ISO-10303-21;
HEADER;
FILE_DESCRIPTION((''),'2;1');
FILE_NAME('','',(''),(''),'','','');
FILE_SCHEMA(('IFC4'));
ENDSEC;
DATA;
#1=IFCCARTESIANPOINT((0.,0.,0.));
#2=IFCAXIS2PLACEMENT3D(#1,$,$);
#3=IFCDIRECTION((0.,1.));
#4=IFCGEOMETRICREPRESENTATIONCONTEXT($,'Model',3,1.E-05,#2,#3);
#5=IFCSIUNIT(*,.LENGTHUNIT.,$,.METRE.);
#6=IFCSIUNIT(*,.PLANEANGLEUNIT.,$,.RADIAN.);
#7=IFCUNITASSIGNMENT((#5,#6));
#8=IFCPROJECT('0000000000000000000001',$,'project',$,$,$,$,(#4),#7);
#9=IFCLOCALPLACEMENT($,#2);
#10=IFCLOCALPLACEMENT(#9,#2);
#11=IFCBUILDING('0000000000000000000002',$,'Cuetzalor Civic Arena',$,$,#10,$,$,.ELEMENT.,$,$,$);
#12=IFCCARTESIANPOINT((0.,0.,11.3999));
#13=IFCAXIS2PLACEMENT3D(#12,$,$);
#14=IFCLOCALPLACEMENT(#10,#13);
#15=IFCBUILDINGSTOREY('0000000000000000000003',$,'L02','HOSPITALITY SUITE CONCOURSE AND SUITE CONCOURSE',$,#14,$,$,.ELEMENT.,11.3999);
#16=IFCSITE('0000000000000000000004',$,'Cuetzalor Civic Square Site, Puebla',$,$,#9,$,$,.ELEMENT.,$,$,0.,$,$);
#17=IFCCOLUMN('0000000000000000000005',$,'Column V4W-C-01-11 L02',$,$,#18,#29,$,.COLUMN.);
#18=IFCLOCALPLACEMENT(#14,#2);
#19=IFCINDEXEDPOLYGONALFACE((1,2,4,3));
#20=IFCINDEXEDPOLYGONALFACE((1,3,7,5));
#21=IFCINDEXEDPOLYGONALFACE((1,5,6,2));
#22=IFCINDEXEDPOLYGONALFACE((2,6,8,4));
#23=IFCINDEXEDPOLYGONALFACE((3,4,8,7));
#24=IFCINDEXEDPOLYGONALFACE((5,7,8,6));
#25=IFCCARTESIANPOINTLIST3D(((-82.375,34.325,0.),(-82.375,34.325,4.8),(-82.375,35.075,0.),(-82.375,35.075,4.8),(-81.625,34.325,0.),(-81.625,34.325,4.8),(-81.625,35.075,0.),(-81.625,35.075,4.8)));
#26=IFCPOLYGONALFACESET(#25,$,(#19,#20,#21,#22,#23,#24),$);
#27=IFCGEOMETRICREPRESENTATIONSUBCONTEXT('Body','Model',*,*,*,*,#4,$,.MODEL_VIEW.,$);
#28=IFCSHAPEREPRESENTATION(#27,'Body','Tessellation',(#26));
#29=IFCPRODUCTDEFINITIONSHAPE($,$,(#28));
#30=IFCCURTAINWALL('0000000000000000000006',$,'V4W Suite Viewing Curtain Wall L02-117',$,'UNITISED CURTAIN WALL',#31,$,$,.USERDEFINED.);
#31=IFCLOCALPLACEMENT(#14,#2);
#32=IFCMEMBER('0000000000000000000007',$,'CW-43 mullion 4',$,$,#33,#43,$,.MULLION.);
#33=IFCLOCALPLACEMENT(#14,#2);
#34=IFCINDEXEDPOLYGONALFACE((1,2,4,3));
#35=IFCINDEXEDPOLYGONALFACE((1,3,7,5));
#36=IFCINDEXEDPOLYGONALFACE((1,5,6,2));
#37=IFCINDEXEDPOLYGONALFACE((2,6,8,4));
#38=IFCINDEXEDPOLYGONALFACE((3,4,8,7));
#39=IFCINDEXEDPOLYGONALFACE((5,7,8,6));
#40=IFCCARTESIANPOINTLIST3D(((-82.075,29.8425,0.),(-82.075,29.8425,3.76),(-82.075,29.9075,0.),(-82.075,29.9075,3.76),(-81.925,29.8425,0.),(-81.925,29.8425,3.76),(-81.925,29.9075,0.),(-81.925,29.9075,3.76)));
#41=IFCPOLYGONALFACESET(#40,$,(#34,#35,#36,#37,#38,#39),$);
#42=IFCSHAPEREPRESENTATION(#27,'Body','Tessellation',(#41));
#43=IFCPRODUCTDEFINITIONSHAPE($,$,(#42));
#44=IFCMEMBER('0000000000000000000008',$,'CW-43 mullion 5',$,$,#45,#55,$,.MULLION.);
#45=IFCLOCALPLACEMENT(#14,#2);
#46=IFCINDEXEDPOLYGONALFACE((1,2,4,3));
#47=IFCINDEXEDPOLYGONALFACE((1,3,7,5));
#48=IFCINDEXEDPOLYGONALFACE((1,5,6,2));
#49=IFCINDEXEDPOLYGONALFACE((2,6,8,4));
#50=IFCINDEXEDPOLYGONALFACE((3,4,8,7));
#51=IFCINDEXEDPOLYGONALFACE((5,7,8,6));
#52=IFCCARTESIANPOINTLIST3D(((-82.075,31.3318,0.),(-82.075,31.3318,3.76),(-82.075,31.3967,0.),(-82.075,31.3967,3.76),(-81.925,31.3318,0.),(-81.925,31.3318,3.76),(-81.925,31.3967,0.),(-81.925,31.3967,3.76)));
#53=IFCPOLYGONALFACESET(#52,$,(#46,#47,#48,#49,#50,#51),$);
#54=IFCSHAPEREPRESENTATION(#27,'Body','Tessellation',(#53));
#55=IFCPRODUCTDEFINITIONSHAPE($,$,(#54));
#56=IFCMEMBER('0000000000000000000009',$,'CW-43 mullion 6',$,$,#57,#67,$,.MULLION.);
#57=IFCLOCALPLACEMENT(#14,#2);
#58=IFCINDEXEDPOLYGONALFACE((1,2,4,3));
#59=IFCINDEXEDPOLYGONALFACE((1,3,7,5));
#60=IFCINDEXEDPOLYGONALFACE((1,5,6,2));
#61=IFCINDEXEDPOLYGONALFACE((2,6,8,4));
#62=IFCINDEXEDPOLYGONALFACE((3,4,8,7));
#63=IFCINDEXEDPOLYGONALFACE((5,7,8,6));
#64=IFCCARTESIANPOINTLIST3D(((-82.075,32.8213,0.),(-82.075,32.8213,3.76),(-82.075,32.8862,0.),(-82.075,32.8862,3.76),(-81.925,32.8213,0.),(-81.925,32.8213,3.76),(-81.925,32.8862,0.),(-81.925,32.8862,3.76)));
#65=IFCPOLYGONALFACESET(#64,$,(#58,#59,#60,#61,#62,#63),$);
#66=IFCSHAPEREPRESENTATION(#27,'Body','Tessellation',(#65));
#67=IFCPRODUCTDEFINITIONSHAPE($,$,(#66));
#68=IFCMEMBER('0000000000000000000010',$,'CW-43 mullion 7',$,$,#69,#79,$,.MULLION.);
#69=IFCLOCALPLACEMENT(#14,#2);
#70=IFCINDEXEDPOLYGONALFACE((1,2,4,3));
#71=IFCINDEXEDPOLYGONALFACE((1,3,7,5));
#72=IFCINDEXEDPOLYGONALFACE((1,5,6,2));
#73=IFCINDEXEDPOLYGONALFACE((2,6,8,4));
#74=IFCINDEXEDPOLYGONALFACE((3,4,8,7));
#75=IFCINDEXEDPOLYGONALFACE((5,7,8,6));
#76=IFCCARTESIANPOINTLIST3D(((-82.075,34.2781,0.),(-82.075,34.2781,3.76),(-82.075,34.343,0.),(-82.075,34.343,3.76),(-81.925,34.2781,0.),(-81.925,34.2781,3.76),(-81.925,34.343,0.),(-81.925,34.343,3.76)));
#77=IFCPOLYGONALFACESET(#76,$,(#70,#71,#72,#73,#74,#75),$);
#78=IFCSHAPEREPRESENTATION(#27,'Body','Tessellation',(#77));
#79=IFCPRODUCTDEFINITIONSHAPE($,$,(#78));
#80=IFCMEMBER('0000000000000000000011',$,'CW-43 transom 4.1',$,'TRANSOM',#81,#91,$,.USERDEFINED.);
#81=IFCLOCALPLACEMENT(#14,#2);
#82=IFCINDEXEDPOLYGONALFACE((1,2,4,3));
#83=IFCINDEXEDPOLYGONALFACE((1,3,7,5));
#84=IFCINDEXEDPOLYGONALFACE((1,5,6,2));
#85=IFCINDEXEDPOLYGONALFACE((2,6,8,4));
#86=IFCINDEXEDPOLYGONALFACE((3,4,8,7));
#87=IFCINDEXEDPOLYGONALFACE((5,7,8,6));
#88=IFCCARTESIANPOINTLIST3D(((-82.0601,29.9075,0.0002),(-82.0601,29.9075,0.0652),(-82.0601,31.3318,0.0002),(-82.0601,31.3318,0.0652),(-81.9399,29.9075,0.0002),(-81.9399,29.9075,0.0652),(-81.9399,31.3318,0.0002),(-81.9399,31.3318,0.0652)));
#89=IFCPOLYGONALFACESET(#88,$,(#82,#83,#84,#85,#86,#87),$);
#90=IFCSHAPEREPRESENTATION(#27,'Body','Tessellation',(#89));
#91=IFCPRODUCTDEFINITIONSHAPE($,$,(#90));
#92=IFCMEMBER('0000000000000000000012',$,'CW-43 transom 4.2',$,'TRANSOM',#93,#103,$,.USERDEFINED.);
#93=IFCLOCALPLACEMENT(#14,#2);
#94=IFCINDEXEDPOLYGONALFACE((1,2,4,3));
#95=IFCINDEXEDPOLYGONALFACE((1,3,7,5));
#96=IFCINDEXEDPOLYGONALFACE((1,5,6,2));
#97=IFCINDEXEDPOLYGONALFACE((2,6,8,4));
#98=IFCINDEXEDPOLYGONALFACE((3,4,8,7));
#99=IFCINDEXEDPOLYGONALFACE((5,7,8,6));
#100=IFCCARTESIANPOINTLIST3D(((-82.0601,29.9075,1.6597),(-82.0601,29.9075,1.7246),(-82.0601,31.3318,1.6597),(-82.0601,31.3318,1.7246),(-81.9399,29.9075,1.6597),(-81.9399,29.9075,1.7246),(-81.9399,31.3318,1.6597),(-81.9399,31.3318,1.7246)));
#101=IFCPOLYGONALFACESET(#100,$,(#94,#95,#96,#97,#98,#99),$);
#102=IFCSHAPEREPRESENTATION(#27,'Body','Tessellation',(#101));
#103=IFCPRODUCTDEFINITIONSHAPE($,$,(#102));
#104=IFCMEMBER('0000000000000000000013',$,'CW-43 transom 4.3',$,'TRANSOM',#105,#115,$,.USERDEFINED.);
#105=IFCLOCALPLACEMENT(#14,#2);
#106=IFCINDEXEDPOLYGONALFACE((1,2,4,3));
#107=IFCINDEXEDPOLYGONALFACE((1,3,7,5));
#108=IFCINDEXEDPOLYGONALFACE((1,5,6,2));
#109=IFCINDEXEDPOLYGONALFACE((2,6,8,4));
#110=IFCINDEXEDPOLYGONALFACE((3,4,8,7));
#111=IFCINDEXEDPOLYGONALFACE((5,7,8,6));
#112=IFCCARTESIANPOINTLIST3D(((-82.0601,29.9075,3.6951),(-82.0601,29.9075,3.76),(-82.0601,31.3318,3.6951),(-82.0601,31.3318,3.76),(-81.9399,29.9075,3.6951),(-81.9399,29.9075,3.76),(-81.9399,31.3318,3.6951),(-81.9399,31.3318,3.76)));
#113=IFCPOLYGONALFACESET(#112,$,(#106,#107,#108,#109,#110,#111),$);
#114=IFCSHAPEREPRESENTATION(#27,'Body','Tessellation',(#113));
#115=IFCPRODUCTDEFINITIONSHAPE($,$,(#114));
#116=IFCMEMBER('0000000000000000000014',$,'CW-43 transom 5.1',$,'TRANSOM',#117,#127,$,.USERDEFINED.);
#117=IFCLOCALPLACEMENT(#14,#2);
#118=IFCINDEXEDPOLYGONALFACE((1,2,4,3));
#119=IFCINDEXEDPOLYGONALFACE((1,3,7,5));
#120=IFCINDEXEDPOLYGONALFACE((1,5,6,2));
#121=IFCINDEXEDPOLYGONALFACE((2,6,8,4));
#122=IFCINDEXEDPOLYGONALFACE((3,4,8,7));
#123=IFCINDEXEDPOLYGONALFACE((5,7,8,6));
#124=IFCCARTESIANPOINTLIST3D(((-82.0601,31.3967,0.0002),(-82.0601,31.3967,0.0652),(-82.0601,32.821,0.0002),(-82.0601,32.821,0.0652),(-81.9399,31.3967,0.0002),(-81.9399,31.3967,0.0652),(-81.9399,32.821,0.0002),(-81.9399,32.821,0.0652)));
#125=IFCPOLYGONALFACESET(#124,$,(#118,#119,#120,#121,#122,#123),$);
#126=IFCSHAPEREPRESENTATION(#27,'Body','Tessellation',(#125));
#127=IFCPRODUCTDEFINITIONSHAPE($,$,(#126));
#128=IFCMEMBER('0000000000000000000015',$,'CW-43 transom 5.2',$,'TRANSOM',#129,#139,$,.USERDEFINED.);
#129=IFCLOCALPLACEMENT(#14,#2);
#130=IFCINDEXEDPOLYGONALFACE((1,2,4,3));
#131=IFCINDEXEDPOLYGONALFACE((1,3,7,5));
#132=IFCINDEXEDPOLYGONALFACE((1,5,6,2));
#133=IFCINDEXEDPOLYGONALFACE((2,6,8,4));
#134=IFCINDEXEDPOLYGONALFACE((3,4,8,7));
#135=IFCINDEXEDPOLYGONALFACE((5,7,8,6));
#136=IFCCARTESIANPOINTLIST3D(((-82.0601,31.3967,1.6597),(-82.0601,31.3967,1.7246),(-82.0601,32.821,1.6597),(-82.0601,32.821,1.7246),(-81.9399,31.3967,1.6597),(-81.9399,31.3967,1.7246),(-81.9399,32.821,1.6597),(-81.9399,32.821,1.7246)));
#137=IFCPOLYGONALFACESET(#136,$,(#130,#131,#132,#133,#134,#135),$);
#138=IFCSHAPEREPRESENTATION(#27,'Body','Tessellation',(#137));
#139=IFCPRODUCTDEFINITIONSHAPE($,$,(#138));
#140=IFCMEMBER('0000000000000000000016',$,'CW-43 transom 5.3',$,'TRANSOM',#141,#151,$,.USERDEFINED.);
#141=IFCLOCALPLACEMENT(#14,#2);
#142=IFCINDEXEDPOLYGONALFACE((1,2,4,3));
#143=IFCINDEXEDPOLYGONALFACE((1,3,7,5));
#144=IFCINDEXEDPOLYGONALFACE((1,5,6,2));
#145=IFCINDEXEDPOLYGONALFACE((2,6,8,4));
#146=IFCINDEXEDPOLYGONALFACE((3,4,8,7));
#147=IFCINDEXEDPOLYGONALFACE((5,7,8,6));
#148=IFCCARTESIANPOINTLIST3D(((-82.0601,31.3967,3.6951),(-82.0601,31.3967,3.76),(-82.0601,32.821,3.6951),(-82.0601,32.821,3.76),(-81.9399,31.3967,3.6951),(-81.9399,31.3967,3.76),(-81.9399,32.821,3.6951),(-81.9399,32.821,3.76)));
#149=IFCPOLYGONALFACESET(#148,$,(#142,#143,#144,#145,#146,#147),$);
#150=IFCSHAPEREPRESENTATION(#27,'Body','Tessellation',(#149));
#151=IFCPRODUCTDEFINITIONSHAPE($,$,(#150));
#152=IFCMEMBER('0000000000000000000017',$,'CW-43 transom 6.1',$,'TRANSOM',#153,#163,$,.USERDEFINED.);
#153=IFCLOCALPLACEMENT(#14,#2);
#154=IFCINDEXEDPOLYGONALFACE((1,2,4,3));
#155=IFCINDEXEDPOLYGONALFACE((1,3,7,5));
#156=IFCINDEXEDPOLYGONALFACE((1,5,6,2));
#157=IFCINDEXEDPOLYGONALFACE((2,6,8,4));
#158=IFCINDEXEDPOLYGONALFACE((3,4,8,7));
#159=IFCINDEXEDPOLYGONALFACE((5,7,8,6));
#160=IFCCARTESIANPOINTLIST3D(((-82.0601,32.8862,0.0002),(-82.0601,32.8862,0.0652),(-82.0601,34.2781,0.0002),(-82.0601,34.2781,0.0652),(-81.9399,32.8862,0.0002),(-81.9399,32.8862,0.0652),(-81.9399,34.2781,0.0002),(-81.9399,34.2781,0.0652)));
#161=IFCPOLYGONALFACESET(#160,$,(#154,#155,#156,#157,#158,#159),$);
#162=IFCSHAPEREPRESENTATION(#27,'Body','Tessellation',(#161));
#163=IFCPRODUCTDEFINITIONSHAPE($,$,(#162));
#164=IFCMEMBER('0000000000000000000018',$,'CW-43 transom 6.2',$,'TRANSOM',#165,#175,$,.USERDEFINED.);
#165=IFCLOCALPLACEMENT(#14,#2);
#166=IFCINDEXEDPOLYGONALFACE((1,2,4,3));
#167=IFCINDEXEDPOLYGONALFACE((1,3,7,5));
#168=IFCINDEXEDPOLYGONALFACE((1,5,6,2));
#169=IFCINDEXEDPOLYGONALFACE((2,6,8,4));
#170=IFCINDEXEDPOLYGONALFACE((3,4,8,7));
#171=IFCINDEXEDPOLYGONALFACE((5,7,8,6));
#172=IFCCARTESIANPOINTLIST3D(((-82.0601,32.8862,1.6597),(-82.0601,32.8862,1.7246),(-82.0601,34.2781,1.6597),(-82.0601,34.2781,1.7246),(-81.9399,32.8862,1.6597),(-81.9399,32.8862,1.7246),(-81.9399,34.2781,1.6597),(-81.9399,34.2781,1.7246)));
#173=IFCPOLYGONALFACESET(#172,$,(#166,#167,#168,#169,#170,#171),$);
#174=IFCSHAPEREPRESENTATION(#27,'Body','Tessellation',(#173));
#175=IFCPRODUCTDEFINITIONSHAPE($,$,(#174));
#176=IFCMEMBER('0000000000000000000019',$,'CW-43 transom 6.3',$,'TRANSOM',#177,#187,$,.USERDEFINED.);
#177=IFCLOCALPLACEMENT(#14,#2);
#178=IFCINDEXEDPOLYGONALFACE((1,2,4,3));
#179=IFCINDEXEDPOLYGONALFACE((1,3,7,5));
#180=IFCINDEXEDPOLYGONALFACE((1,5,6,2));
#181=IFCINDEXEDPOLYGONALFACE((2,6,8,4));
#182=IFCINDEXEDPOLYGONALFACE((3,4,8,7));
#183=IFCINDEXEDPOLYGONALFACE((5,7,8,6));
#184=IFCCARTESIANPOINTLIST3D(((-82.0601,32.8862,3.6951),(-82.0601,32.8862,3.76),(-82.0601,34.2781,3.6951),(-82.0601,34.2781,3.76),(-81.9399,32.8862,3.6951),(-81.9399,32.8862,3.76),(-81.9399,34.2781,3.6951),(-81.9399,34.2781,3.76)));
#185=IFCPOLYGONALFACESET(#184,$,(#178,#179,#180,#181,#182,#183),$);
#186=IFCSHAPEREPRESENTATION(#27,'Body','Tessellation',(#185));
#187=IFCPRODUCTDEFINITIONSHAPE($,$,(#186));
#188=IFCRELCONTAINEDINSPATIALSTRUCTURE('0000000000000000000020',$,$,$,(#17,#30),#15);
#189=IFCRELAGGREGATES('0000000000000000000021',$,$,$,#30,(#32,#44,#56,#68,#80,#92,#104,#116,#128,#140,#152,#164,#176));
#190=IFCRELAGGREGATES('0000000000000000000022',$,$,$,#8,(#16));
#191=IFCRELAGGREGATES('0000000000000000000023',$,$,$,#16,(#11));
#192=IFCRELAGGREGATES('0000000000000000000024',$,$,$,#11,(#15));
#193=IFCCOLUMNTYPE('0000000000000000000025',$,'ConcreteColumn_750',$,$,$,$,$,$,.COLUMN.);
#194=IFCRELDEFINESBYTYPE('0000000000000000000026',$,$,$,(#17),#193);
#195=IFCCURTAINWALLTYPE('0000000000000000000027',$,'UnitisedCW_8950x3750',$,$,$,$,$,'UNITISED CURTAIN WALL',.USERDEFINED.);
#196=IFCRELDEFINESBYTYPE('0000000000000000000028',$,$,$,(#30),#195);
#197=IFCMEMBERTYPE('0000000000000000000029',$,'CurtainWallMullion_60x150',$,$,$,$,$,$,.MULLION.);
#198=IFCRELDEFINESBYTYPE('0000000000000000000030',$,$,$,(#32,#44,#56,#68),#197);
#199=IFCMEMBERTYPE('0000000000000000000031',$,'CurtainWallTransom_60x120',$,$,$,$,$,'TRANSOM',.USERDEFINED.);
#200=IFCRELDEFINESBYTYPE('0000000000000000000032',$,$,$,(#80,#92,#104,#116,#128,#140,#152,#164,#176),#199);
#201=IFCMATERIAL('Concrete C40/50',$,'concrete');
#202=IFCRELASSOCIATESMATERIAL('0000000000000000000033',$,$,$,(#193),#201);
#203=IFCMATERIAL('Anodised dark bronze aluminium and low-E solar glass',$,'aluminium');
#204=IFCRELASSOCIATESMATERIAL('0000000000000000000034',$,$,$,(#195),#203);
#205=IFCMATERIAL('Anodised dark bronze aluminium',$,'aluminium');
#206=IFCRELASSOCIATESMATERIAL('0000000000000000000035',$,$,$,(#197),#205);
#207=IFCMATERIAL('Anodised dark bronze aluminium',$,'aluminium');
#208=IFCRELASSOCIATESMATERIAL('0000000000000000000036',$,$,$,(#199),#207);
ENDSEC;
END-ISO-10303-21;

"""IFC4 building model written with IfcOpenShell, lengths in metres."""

from ifc_helpers import new_model, si_unit, direction, frame, origin, origin_2d, place, context, subcontext, project, spatial, rectangle, extrude, material, material_profile, profile_set, type_object, element, aggregate, save


model = new_model("IFC4")

# Units and contexts
model_context = context("Model", 3, precision=1e-05, world=origin(), true_north=direction((0.0, 1.0)))
body_context = subcontext(model_context, "Body", "Model", "MODEL_VIEW")
ifc_project = project(units=[si_unit("LENGTHUNIT", "METRE"), si_unit("PLANEANGLEUNIT", "RADIAN")], contexts=[model_context])

# Site, building, storey
site_placement = place(None, origin())
site = spatial("IfcSite", under=ifc_project, at=site_placement, Name="Cuetzalor Civic Square Site, Puebla", CompositionType="ELEMENT", RefElevation=0.0)
building_placement = place(site_placement, origin())
building = spatial("IfcBuilding", under=site, at=building_placement, Name="Cuetzalor Civic Arena", CompositionType="ELEMENT")
storey_placement = place(building_placement, frame((0.0, 0.0, 11.3999)))
storey = spatial("IfcBuildingStorey", under=building, at=storey_placement, Name="L02", Description="HOSPITALITY SUITE CONCOURSE AND SUITE CONCOURSE", CompositionType="ELEMENT", Elevation=11.3999)

# Column
ifc_material_1 = material(Name="Concrete C40/50", Category="concrete")
ifc_material_profile_1 = material_profile(ifc_material_1, rectangle(XDim=0.75, YDim=0.75, at=origin_2d()), Name="RC 750x750")
ifc_profile_set_1 = profile_set([ifc_material_profile_1], Name="Concrete C40/50")
column_type = type_object("IfcColumnType", Name="ConcreteColumn_750", PredefinedType="COLUMN", material=ifc_profile_set_1)
column_placement = place(storey_placement, frame((-82.0, 34.7, 0.0), z_axis=(0.0, 0.0, 1.0), x_axis=(1.0, 0.0, 0.0)))
element("IfcColumn", 1, at=column_placement, inside=storey, type_object=column_type, Name="Column V4W-C-01-11 L02", PredefinedType="COLUMN", context=body_context, shape_type="SweptSolid", body=[
    extrude(rectangle(XDim=0.75, YDim=0.75, at=origin_2d()), origin(), (0.0, 0.0, 1.0), 4.8),
])

# Curtain wall, members
ifc_material_2 = material(Name="Anodised dark bronze aluminium and low-E solar glass", Category="aluminium")
curtain_wall_type = type_object("IfcCurtainWallType", Name="UnitisedCW_8950x3750", ElementType="UNITISED CURTAIN WALL", PredefinedType="USERDEFINED", material=ifc_material_2)
curtain_wall_placement = place(storey_placement, origin())
curtain_wall = element("IfcCurtainWall", 2, at=curtain_wall_placement, inside=storey, type_object=curtain_wall_type, Name="V4W Suite Viewing Curtain Wall L02-117", ObjectType="UNITISED CURTAIN WALL", PredefinedType="USERDEFINED")
ifc_material_3 = material(Name="Anodised dark bronze aluminium", Category="aluminium")
ifc_material_profile_2 = material_profile(ifc_material_3, rectangle(XDim=0.0649, YDim=0.1499, at=origin_2d()), Name="ALU MULLION 65x150")
ifc_profile_set_2 = profile_set([ifc_material_profile_2], Name="Anodised dark bronze aluminium")
member_type_1 = type_object("IfcMemberType", Name="CurtainWallMullion_60x150", PredefinedType="MULLION", material=ifc_profile_set_2)
member_1_placement = place(storey_placement, frame((-82.0, 29.875, 0.0), z_axis=(0.0, 0.0, 1.0), x_axis=(0.0, 1.0, 0.0)))
member_1 = element("IfcMember", 3, at=member_1_placement, type_object=member_type_1, Name="CW-43 mullion 4", PredefinedType="MULLION", context=body_context, shape_type="SweptSolid", body=[
    extrude(rectangle(XDim=0.0649, YDim=0.1499, at=origin_2d()), origin(), (0.0, 0.0, 1.0), 3.76),
])
member_2_placement = place(storey_placement, frame((-82.0, 31.3643, 0.0), z_axis=(0.0, 0.0, 1.0), x_axis=(0.0, 1.0, 0.0)))
member_2 = element("IfcMember", 4, at=member_2_placement, type_object=member_type_1, Name="CW-43 mullion 5", PredefinedType="MULLION", context=body_context, shape_type="SweptSolid", body=[
    extrude(rectangle(XDim=0.0649, YDim=0.1499, at=origin_2d()), origin(), (0.0, 0.0, 1.0), 3.76),
])
member_3_placement = place(storey_placement, frame((-82.0, 32.8538, 0.0), z_axis=(0.0, 0.0, 1.0), x_axis=(0.0, 1.0, 0.0)))
member_3 = element("IfcMember", 5, at=member_3_placement, type_object=member_type_1, Name="CW-43 mullion 6", PredefinedType="MULLION", context=body_context, shape_type="SweptSolid", body=[
    extrude(rectangle(XDim=0.0649, YDim=0.1499, at=origin_2d()), origin(), (0.0, 0.0, 1.0), 3.76),
])
member_4_placement = place(storey_placement, frame((-82.0, 34.3105, 0.0), z_axis=(0.0, 0.0, 1.0), x_axis=(0.0, 1.0, 0.0)))
member_4 = element("IfcMember", 6, at=member_4_placement, type_object=member_type_1, Name="CW-43 mullion 7", PredefinedType="MULLION", context=body_context, shape_type="SweptSolid", body=[
    extrude(rectangle(XDim=0.0649, YDim=0.1499, at=origin_2d()), origin(), (0.0, 0.0, 1.0), 3.76),
])
ifc_material_4 = material(Name="Anodised dark bronze aluminium", Category="aluminium")
ifc_material_profile_3 = material_profile(ifc_material_4, rectangle(XDim=0.1201, YDim=0.0649, at=origin_2d()), Name="ALU TRANSOM 65x120")
ifc_profile_set_3 = profile_set([ifc_material_profile_3], Name="Anodised dark bronze aluminium")
member_type_2 = type_object("IfcMemberType", Name="CurtainWallTransom_60x120", ElementType="TRANSOM", PredefinedType="USERDEFINED", material=ifc_profile_set_3)
member_5_placement = place(storey_placement, frame((-82.0, 29.9075, 0.0327), z_axis=(0.0, 1.0, 0.0), x_axis=(-1.0, 0.0, 0.0)))
member_5 = element("IfcMember", 7, at=member_5_placement, type_object=member_type_2, Name="CW-43 transom 4.1", ObjectType="TRANSOM", PredefinedType="USERDEFINED", context=body_context, shape_type="SweptSolid", body=[
    extrude(rectangle(XDim=0.1201, YDim=0.0649, at=origin_2d()), origin(), (0.0, 0.0, 1.0), 1.4243),
])
member_6_placement = place(storey_placement, frame((-82.0, 29.9075, 1.6921), z_axis=(0.0, 1.0, 0.0), x_axis=(-1.0, 0.0, 0.0)))
member_6 = element("IfcMember", 8, at=member_6_placement, type_object=member_type_2, Name="CW-43 transom 4.2", ObjectType="TRANSOM", PredefinedType="USERDEFINED", context=body_context, shape_type="SweptSolid", body=[
    extrude(rectangle(XDim=0.1201, YDim=0.0649, at=origin_2d()), origin(), (0.0, 0.0, 1.0), 1.4243),
])
member_7_placement = place(storey_placement, frame((-82.0, 29.9075, 3.7275), z_axis=(0.0, 1.0, 0.0), x_axis=(-1.0, 0.0, 0.0)))
member_7 = element("IfcMember", 9, at=member_7_placement, type_object=member_type_2, Name="CW-43 transom 4.3", ObjectType="TRANSOM", PredefinedType="USERDEFINED", context=body_context, shape_type="SweptSolid", body=[
    extrude(rectangle(XDim=0.1201, YDim=0.0649, at=origin_2d()), origin(), (0.0, 0.0, 1.0), 1.4243),
])
member_8_placement = place(storey_placement, frame((-82.0, 31.3967, 0.0327), z_axis=(0.0, 1.0, 0.0), x_axis=(-1.0, 0.0, 0.0)))
member_8 = element("IfcMember", 10, at=member_8_placement, type_object=member_type_2, Name="CW-43 transom 5.1", ObjectType="TRANSOM", PredefinedType="USERDEFINED", context=body_context, shape_type="SweptSolid", body=[
    extrude(rectangle(XDim=0.1201, YDim=0.0649, at=origin_2d()), origin(), (0.0, 0.0, 1.0), 1.4243),
])
member_9_placement = place(storey_placement, frame((-82.0, 31.3967, 1.6921), z_axis=(0.0, 1.0, 0.0), x_axis=(-1.0, 0.0, 0.0)))
member_9 = element("IfcMember", 11, at=member_9_placement, type_object=member_type_2, Name="CW-43 transom 5.2", ObjectType="TRANSOM", PredefinedType="USERDEFINED", context=body_context, shape_type="SweptSolid", body=[
    extrude(rectangle(XDim=0.1201, YDim=0.0649, at=origin_2d()), origin(), (0.0, 0.0, 1.0), 1.4243),
])
member_10_placement = place(storey_placement, frame((-82.0, 31.3967, 3.7275), z_axis=(0.0, 1.0, 0.0), x_axis=(-1.0, 0.0, 0.0)))
member_10 = element("IfcMember", 12, at=member_10_placement, type_object=member_type_2, Name="CW-43 transom 5.3", ObjectType="TRANSOM", PredefinedType="USERDEFINED", context=body_context, shape_type="SweptSolid", body=[
    extrude(rectangle(XDim=0.1201, YDim=0.0649, at=origin_2d()), origin(), (0.0, 0.0, 1.0), 1.4243),
])
member_11_placement = place(storey_placement, frame((-82.0, 32.8862, 0.0327), z_axis=(0.0, 1.0, 0.0), x_axis=(-1.0, 0.0, 0.0)))
member_11 = element("IfcMember", 13, at=member_11_placement, type_object=member_type_2, Name="CW-43 transom 6.1", ObjectType="TRANSOM", PredefinedType="USERDEFINED", context=body_context, shape_type="SweptSolid", body=[
    extrude(rectangle(XDim=0.1201, YDim=0.0649, at=origin_2d()), origin(), (0.0, 0.0, 1.0), 1.3918),
])
member_12_placement = place(storey_placement, frame((-82.0, 32.8862, 1.6921), z_axis=(0.0, 1.0, 0.0), x_axis=(-1.0, 0.0, 0.0)))
member_12 = element("IfcMember", 14, at=member_12_placement, type_object=member_type_2, Name="CW-43 transom 6.2", ObjectType="TRANSOM", PredefinedType="USERDEFINED", context=body_context, shape_type="SweptSolid", body=[
    extrude(rectangle(XDim=0.1201, YDim=0.0649, at=origin_2d()), origin(), (0.0, 0.0, 1.0), 1.3918),
])
member_13_placement = place(storey_placement, frame((-82.0, 32.8862, 3.7275), z_axis=(0.0, 1.0, 0.0), x_axis=(-1.0, 0.0, 0.0)))
member_13 = element("IfcMember", 15, at=member_13_placement, type_object=member_type_2, Name="CW-43 transom 6.3", ObjectType="TRANSOM", PredefinedType="USERDEFINED", context=body_context, shape_type="SweptSolid", body=[
    extrude(rectangle(XDim=0.1201, YDim=0.0649, at=origin_2d()), origin(), (0.0, 0.0, 1.0), 1.3918),
])

aggregate(curtain_wall, [member_1, member_2, member_3, member_4, member_5, member_6, member_7, member_8, member_9, member_10, member_11, member_12, member_13])

save(model, "model.ifc")
